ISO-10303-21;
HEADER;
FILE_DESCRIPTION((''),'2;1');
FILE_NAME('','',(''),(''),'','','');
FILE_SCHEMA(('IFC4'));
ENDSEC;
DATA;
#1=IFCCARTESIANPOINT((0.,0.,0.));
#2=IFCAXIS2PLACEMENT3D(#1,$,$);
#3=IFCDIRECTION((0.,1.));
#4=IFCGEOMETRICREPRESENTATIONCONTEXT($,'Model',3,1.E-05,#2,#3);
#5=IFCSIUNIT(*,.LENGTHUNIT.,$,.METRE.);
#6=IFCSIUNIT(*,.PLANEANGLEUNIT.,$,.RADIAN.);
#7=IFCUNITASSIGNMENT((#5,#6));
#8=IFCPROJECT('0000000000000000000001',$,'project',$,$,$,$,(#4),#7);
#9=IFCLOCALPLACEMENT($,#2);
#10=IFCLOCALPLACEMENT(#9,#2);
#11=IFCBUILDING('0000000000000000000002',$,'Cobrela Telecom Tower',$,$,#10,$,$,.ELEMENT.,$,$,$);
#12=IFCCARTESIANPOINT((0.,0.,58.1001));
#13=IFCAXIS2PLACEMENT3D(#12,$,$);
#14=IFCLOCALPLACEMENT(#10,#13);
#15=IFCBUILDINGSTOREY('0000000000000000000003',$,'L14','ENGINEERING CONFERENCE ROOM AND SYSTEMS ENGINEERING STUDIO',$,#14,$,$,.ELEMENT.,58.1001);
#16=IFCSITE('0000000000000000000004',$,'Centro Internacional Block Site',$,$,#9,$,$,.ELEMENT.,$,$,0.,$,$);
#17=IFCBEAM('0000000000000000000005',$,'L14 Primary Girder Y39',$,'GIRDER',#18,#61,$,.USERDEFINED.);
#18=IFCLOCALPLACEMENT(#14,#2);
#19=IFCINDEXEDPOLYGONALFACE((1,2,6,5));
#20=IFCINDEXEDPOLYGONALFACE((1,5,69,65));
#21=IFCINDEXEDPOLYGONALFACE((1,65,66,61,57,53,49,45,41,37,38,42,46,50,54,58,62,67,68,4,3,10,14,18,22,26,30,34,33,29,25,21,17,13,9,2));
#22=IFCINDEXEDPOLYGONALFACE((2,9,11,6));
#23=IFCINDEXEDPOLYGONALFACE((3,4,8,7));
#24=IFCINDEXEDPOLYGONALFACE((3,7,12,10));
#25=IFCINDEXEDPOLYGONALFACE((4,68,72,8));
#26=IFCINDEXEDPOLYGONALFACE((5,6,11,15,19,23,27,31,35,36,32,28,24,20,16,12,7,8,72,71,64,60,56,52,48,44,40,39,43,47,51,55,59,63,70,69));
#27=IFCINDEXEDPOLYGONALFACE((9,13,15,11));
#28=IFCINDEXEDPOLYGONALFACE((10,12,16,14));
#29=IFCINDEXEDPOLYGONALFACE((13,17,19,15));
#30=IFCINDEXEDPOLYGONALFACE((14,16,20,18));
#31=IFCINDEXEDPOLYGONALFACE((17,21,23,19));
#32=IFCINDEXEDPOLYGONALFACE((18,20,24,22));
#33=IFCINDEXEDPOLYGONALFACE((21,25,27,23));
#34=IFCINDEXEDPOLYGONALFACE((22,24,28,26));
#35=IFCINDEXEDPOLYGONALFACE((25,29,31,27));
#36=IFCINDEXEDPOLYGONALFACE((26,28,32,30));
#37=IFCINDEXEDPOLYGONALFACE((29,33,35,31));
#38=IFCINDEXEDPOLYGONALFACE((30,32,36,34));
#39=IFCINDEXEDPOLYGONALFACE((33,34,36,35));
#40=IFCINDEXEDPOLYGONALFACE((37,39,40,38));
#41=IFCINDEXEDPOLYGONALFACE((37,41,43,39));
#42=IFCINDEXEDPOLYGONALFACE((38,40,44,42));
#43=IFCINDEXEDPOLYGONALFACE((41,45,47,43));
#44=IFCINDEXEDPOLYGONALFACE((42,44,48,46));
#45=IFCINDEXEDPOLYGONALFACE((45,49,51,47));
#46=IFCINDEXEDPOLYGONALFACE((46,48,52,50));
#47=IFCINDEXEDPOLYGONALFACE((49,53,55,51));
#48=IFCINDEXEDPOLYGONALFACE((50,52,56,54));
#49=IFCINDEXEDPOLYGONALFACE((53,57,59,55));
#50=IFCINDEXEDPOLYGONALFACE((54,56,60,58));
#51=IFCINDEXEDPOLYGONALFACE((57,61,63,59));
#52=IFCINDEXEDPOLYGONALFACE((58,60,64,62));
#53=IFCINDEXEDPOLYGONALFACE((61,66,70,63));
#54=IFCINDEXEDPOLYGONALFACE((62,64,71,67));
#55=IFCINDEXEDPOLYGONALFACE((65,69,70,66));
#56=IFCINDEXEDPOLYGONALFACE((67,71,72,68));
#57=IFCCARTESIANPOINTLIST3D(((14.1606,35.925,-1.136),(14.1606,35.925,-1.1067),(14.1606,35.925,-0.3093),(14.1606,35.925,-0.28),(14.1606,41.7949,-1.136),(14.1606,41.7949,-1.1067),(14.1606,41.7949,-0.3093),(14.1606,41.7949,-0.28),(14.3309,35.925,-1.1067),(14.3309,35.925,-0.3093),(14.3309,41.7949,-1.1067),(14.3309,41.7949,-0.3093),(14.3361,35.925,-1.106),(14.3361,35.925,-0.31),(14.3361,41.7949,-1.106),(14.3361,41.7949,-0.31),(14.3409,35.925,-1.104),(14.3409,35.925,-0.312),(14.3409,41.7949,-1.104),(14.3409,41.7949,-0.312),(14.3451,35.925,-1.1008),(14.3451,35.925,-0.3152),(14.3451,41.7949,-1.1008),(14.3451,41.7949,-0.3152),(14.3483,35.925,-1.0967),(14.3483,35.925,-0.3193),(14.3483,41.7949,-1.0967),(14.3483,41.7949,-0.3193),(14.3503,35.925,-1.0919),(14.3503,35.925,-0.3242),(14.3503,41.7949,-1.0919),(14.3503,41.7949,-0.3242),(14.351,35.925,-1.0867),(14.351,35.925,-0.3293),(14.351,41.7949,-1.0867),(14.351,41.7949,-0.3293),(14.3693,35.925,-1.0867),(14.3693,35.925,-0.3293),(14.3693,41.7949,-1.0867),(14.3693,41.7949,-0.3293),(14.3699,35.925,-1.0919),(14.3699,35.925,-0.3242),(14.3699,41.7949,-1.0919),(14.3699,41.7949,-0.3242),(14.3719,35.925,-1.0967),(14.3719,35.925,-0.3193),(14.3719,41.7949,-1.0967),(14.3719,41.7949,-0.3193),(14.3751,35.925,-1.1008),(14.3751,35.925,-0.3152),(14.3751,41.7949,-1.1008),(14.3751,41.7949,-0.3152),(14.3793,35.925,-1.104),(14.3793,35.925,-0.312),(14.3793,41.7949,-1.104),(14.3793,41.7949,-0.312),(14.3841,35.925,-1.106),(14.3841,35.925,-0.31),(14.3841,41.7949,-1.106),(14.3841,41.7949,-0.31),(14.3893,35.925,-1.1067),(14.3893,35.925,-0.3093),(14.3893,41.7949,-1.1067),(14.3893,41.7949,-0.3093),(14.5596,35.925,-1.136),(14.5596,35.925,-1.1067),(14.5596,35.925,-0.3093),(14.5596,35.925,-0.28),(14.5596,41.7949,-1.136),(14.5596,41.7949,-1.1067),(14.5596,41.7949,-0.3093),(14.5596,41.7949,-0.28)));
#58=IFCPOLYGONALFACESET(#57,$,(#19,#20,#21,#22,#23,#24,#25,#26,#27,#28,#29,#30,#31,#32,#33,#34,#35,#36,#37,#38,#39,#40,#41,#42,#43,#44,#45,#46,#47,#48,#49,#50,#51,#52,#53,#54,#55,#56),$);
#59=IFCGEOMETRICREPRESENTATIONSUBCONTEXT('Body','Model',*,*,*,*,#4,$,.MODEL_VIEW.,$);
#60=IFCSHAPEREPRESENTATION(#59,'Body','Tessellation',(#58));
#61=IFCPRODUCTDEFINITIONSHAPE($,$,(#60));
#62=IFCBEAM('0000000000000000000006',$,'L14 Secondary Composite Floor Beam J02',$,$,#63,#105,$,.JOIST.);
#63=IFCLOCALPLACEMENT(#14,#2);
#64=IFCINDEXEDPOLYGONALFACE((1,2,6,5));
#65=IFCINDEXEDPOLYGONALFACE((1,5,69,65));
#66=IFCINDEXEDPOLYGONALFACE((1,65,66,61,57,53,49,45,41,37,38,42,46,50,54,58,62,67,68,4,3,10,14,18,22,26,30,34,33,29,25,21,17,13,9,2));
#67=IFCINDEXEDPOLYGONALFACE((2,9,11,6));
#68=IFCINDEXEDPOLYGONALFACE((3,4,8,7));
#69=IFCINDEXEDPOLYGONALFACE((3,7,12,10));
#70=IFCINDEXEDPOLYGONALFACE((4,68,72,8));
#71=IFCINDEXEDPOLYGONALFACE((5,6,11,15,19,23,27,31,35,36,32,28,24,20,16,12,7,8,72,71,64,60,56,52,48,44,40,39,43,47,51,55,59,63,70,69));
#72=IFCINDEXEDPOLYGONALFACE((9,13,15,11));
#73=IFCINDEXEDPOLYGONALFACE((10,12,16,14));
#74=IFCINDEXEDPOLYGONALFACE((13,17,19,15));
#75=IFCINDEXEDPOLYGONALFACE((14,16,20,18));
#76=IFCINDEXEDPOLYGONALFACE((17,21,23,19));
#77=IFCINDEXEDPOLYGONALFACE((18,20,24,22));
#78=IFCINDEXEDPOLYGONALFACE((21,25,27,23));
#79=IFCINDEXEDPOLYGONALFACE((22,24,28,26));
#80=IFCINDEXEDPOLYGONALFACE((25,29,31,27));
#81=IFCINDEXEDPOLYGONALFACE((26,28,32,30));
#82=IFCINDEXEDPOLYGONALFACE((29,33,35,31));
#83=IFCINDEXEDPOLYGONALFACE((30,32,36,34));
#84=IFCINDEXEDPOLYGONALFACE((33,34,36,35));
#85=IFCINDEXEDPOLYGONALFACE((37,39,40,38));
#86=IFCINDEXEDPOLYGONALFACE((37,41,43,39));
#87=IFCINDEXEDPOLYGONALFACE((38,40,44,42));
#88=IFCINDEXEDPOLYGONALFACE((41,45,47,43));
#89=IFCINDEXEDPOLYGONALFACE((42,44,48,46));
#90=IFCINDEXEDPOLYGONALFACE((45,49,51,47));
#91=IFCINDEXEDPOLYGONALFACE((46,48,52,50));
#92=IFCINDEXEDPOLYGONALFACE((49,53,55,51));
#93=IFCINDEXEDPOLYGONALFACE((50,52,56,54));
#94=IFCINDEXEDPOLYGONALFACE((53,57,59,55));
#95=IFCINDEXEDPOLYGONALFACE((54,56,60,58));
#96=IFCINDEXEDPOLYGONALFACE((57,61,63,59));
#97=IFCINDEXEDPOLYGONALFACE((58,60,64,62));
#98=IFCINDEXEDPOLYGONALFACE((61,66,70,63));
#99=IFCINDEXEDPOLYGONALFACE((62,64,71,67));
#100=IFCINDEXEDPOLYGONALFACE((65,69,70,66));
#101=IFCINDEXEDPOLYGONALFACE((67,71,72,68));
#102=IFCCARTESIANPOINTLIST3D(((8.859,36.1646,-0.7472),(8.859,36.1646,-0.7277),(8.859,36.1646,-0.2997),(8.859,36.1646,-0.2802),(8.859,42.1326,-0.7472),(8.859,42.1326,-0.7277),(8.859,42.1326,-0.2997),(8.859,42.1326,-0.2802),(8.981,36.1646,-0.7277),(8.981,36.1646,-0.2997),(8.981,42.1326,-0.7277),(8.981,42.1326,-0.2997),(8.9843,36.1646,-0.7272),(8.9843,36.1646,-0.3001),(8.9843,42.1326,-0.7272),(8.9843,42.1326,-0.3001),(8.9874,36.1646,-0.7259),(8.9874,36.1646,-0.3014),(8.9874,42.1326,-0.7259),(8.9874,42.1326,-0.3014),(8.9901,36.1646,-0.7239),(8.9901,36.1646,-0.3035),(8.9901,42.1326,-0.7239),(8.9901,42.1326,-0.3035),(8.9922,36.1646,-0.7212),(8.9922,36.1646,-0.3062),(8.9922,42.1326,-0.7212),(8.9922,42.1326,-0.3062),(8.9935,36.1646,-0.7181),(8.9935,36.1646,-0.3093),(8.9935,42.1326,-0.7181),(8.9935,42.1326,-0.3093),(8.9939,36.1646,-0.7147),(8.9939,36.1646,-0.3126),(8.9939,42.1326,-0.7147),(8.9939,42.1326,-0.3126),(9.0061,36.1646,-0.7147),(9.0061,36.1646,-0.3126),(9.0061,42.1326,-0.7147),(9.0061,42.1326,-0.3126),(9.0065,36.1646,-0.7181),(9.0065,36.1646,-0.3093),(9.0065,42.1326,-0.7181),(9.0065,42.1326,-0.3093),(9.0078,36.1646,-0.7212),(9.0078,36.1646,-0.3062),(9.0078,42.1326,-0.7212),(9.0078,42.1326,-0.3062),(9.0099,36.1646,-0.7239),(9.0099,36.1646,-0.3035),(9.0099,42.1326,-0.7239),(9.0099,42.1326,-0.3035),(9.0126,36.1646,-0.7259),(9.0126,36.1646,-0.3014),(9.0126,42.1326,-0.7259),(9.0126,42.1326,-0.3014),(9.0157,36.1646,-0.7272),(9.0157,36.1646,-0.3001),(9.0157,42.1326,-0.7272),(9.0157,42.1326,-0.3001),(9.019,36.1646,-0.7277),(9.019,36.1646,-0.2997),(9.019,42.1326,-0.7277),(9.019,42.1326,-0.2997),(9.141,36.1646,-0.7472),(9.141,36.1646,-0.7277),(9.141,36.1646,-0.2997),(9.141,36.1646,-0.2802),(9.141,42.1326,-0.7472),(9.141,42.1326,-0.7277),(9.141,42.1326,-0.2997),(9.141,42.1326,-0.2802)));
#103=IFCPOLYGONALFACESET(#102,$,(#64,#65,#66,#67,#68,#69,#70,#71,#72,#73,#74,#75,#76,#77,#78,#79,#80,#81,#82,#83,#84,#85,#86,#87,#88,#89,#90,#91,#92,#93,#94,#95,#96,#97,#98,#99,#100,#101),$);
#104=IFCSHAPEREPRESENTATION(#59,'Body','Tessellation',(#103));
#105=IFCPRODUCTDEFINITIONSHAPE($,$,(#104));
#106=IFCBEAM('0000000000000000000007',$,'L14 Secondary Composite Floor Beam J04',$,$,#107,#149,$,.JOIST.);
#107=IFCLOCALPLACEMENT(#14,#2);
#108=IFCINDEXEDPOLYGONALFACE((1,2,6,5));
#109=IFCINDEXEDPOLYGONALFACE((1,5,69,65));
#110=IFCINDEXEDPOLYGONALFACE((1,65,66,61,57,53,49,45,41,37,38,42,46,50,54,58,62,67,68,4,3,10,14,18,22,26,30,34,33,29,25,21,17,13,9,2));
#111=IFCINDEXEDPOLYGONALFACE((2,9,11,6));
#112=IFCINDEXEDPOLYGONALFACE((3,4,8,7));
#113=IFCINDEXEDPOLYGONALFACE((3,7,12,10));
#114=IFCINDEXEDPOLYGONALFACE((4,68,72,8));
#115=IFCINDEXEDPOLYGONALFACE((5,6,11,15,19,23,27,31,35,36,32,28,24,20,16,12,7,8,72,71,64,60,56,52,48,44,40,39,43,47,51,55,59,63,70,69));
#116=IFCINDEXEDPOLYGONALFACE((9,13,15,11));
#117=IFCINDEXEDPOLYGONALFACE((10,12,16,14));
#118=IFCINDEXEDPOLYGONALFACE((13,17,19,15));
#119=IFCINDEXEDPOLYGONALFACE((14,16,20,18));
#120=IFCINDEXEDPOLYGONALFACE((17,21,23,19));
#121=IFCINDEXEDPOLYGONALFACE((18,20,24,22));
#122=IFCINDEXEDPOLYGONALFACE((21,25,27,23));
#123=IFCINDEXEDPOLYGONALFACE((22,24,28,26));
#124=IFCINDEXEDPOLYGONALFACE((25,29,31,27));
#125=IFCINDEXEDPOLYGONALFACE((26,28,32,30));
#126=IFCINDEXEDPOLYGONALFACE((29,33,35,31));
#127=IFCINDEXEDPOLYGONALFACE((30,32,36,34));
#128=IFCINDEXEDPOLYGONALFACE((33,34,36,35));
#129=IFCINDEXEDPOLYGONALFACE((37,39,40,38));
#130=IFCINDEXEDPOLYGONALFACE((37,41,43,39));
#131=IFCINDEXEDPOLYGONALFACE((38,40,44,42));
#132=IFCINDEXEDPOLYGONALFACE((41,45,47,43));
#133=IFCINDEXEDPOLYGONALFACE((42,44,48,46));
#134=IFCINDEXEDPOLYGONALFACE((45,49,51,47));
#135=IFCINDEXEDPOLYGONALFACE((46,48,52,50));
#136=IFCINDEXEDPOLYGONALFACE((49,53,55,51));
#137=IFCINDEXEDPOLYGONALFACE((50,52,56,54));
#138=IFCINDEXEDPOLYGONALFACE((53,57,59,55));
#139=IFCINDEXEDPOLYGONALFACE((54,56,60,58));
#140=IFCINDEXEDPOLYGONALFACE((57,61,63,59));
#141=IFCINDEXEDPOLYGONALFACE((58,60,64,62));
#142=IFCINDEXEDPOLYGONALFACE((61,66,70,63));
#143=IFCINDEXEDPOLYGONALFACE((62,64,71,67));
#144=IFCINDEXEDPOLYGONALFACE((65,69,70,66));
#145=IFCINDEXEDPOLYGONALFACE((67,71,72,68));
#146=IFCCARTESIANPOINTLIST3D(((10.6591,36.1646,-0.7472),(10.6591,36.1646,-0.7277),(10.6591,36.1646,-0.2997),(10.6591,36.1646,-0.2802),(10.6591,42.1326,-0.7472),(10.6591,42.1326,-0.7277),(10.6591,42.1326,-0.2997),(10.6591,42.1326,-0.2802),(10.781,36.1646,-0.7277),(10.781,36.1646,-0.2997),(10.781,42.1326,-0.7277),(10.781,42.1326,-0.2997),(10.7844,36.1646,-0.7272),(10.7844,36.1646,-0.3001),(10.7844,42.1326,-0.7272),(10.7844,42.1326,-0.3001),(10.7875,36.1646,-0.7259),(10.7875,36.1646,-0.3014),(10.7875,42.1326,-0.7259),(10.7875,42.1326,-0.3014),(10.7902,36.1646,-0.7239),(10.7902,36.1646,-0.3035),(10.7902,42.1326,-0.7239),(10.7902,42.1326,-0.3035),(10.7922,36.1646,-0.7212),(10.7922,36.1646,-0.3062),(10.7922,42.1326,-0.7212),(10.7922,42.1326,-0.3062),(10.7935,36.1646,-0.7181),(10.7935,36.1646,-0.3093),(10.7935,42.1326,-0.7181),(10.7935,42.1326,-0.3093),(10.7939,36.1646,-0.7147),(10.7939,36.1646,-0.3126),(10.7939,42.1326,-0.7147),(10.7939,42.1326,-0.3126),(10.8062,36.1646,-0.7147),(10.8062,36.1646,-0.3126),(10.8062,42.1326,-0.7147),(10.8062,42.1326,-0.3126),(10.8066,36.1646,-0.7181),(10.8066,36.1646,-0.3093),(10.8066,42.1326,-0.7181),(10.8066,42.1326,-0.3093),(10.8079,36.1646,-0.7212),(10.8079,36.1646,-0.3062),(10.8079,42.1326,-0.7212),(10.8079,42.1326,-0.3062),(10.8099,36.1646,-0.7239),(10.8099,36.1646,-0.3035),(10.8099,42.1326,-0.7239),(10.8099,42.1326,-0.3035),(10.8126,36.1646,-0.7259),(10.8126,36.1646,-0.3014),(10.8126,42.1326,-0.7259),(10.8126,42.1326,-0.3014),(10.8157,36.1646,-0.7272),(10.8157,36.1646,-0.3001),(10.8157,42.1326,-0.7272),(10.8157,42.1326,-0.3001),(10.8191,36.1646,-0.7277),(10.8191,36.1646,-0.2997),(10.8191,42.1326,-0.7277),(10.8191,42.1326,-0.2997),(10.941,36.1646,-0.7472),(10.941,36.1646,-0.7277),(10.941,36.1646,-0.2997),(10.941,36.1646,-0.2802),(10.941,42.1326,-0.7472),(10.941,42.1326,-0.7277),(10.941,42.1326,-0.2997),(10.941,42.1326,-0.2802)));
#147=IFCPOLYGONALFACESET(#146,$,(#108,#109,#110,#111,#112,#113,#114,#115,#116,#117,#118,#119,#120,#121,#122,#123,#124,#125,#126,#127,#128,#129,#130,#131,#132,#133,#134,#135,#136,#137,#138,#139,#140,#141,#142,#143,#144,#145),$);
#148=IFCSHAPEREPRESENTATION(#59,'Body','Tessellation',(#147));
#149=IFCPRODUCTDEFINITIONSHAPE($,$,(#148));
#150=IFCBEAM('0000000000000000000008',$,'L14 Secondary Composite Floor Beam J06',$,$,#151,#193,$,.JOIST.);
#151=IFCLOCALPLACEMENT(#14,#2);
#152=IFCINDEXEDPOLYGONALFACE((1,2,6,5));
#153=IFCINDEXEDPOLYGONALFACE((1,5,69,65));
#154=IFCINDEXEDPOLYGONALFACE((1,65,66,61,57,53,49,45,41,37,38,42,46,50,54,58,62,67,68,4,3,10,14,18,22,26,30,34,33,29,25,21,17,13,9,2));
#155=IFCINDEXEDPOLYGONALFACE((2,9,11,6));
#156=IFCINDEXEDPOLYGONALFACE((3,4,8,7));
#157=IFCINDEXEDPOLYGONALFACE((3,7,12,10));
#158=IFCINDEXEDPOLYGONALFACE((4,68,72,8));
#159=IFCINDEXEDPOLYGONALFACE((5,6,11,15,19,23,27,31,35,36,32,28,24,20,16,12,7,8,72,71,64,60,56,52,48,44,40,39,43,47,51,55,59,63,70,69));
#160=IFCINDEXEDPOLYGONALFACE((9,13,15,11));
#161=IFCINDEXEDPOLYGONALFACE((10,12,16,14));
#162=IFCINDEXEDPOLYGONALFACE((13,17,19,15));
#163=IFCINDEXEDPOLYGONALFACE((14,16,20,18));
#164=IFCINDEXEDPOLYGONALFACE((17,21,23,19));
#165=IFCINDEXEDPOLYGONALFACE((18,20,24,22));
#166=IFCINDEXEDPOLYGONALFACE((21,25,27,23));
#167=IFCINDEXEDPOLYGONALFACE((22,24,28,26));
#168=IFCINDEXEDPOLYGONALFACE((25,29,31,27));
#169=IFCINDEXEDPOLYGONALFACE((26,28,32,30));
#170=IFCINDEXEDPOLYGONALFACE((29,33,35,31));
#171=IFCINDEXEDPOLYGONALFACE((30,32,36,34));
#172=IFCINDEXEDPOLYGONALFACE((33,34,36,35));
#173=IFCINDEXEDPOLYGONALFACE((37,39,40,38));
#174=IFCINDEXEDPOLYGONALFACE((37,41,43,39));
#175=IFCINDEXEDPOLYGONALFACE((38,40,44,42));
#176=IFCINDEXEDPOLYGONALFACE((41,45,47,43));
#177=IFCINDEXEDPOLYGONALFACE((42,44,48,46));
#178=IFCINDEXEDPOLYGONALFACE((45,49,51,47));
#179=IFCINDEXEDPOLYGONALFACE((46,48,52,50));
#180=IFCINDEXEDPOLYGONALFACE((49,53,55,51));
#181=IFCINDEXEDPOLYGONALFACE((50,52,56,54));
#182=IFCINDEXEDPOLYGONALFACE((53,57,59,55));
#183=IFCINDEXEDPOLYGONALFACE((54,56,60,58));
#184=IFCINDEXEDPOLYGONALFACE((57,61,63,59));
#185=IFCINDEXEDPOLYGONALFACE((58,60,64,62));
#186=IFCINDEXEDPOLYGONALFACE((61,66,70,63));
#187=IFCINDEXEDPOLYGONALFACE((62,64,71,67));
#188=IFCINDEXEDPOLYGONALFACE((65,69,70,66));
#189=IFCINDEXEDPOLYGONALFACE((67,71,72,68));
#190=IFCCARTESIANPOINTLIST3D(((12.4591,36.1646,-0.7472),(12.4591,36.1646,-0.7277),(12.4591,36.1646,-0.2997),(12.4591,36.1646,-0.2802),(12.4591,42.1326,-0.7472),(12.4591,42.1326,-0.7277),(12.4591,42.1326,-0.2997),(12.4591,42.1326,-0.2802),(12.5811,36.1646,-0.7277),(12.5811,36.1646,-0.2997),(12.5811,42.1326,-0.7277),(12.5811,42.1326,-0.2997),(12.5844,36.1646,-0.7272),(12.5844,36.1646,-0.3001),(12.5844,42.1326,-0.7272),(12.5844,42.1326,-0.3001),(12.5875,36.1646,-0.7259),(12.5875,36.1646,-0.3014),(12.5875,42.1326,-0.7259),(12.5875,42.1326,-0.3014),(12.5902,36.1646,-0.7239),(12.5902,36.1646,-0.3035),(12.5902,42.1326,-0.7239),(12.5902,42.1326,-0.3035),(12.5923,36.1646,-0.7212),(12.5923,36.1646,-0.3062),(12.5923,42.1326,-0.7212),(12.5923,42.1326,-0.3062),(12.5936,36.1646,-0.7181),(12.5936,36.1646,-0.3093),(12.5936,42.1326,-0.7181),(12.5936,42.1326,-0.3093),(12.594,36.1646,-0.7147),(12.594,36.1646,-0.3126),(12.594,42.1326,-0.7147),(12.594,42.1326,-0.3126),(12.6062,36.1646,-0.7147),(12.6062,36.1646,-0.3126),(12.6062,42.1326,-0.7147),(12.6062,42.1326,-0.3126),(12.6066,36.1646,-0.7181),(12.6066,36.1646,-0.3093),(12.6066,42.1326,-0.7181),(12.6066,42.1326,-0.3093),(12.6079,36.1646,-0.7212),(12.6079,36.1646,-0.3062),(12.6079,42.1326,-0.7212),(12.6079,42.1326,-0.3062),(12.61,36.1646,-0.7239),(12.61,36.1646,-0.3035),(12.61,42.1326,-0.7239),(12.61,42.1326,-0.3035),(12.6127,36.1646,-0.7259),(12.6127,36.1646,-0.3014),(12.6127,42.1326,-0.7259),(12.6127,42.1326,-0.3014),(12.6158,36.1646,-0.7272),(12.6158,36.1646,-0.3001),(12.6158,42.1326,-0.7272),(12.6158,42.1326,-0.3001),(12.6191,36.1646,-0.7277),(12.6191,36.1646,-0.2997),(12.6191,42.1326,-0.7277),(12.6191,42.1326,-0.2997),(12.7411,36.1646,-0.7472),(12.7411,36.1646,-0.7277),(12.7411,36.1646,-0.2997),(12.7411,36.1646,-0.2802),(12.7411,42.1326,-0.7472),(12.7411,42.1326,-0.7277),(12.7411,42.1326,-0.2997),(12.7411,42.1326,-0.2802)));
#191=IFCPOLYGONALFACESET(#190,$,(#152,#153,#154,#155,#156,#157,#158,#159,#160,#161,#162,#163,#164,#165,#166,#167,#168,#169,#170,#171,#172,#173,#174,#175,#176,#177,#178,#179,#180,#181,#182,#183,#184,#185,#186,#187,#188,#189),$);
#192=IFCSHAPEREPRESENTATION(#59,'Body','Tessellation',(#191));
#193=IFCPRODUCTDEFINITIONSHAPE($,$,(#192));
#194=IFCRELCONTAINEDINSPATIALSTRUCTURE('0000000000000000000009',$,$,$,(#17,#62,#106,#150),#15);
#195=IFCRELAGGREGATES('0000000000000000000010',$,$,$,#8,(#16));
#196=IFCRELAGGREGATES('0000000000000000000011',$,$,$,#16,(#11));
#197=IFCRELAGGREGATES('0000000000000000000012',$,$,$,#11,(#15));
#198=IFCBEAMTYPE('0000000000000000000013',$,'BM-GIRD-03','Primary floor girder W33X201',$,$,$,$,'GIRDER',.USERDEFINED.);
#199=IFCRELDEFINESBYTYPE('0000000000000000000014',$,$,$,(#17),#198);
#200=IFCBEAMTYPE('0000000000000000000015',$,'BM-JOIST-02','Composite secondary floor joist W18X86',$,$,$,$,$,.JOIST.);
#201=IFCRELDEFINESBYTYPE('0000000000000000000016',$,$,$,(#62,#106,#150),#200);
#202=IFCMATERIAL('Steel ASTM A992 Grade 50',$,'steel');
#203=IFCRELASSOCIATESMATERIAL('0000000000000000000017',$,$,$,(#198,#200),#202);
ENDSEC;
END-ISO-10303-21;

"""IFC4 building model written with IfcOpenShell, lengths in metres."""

from ifc_helpers import new_model, si_unit, direction, frame, origin, origin_2d, place, context, subcontext, project, spatial, i_section, extrude, material, material_profile, profile_set, type_object, element, save


model = new_model("IFC4")

# Units and contexts
model_context = context("Model", 3, precision=1e-05, world=origin(), true_north=direction((0.0, 1.0)))
body_context = subcontext(model_context, "Body", "Model", "MODEL_VIEW")
ifc_project = project(units=[si_unit("LENGTHUNIT", "METRE"), si_unit("PLANEANGLEUNIT", "RADIAN")], contexts=[model_context])

# Site, building, storey
site_placement = place(None, origin())
site = spatial("IfcSite", under=ifc_project, at=site_placement, Name="Centro Internacional Block Site", CompositionType="ELEMENT", RefElevation=0.0)
building_placement = place(site_placement, origin())
building = spatial("IfcBuilding", under=site, at=building_placement, Name="Cobrela Telecom Tower", CompositionType="ELEMENT")
storey_placement = place(building_placement, frame((0.0, 0.0, 58.1001)))
storey = spatial("IfcBuildingStorey", under=building, at=storey_placement, Name="L14", Description="ENGINEERING CONFERENCE ROOM AND SYSTEMS ENGINEERING STUDIO", CompositionType="ELEMENT", Elevation=58.1001)

# Beams
ifc_material_1 = material(Name="Steel ASTM A992 Grade 50", Category="steel")
ifc_material_profile_1 = material_profile(ifc_material_1, i_section(OverallWidth=0.3989, OverallDepth=0.856, WebThickness=0.0183, FlangeThickness=0.0293, FilletRadius=0.02, at=origin_2d()), Name="W33X201")
ifc_profile_set_1 = profile_set([ifc_material_profile_1], Name="Steel ASTM A992 Grade 50")
beam_type_1 = type_object("IfcBeamType", Name="BM-GIRD-03", Description="Primary floor girder W33X201", ElementType="GIRDER", PredefinedType="USERDEFINED", material=ifc_profile_set_1)
for number, where, z_axis, x_axis, name in (
    (1, (14.3601, 35.925, -0.708), (0.0, 1.0, 0.0), (-1.0, 0.0, 0.0), "L14 Primary Girder Y39"),
):
    element("IfcBeam", number, at=place(storey_placement, frame(where, z_axis=z_axis, x_axis=x_axis)), inside=storey, type_object=beam_type_1, Name=name, ObjectType="GIRDER", PredefinedType="USERDEFINED", context=body_context, shape_type="SweptSolid", body=[
        extrude(i_section(OverallWidth=0.3989, OverallDepth=0.856, WebThickness=0.0183, FlangeThickness=0.0293, FilletRadius=0.02, at=origin_2d()), origin(), (0.0, 0.0, 1.0), 5.8699),
    ])
ifc_material_profile_2 = material_profile(ifc_material_1, i_section(OverallWidth=0.282, OverallDepth=0.467, WebThickness=0.0122, FlangeThickness=0.0195, FilletRadius=0.0129, at=origin_2d()), Name="W18X86")
ifc_profile_set_2 = profile_set([ifc_material_profile_2], Name="Steel ASTM A992 Grade 50")
beam_type_2 = type_object("IfcBeamType", Name="BM-JOIST-02", Description="Composite secondary floor joist W18X86", PredefinedType="JOIST", material=ifc_profile_set_2)
for number, where, z_axis, x_axis, name in (
    (2, (9.0, 36.1646, -0.5137), (0.0, 1.0, 0.0), (-1.0, 0.0, 0.0), "L14 Secondary Composite Floor Beam J02"),
    (3, (10.8, 36.1646, -0.5137), (0.0, 1.0, 0.0), (-1.0, 0.0, 0.0), "L14 Secondary Composite Floor Beam J04"),
    (4, (12.6001, 36.1646, -0.5137), (0.0, 1.0, 0.0), (-1.0, 0.0, 0.0), "L14 Secondary Composite Floor Beam J06"),
):
    element("IfcBeam", number, at=place(storey_placement, frame(where, z_axis=z_axis, x_axis=x_axis)), inside=storey, type_object=beam_type_2, Name=name, PredefinedType="JOIST", context=body_context, shape_type="SweptSolid", body=[
        extrude(i_section(OverallWidth=0.282, OverallDepth=0.467, WebThickness=0.0122, FlangeThickness=0.0195, FilletRadius=0.0129, at=origin_2d()), origin(), (0.0, 0.0, 1.0), 5.968),
    ])

save(model, "model.ifc")
